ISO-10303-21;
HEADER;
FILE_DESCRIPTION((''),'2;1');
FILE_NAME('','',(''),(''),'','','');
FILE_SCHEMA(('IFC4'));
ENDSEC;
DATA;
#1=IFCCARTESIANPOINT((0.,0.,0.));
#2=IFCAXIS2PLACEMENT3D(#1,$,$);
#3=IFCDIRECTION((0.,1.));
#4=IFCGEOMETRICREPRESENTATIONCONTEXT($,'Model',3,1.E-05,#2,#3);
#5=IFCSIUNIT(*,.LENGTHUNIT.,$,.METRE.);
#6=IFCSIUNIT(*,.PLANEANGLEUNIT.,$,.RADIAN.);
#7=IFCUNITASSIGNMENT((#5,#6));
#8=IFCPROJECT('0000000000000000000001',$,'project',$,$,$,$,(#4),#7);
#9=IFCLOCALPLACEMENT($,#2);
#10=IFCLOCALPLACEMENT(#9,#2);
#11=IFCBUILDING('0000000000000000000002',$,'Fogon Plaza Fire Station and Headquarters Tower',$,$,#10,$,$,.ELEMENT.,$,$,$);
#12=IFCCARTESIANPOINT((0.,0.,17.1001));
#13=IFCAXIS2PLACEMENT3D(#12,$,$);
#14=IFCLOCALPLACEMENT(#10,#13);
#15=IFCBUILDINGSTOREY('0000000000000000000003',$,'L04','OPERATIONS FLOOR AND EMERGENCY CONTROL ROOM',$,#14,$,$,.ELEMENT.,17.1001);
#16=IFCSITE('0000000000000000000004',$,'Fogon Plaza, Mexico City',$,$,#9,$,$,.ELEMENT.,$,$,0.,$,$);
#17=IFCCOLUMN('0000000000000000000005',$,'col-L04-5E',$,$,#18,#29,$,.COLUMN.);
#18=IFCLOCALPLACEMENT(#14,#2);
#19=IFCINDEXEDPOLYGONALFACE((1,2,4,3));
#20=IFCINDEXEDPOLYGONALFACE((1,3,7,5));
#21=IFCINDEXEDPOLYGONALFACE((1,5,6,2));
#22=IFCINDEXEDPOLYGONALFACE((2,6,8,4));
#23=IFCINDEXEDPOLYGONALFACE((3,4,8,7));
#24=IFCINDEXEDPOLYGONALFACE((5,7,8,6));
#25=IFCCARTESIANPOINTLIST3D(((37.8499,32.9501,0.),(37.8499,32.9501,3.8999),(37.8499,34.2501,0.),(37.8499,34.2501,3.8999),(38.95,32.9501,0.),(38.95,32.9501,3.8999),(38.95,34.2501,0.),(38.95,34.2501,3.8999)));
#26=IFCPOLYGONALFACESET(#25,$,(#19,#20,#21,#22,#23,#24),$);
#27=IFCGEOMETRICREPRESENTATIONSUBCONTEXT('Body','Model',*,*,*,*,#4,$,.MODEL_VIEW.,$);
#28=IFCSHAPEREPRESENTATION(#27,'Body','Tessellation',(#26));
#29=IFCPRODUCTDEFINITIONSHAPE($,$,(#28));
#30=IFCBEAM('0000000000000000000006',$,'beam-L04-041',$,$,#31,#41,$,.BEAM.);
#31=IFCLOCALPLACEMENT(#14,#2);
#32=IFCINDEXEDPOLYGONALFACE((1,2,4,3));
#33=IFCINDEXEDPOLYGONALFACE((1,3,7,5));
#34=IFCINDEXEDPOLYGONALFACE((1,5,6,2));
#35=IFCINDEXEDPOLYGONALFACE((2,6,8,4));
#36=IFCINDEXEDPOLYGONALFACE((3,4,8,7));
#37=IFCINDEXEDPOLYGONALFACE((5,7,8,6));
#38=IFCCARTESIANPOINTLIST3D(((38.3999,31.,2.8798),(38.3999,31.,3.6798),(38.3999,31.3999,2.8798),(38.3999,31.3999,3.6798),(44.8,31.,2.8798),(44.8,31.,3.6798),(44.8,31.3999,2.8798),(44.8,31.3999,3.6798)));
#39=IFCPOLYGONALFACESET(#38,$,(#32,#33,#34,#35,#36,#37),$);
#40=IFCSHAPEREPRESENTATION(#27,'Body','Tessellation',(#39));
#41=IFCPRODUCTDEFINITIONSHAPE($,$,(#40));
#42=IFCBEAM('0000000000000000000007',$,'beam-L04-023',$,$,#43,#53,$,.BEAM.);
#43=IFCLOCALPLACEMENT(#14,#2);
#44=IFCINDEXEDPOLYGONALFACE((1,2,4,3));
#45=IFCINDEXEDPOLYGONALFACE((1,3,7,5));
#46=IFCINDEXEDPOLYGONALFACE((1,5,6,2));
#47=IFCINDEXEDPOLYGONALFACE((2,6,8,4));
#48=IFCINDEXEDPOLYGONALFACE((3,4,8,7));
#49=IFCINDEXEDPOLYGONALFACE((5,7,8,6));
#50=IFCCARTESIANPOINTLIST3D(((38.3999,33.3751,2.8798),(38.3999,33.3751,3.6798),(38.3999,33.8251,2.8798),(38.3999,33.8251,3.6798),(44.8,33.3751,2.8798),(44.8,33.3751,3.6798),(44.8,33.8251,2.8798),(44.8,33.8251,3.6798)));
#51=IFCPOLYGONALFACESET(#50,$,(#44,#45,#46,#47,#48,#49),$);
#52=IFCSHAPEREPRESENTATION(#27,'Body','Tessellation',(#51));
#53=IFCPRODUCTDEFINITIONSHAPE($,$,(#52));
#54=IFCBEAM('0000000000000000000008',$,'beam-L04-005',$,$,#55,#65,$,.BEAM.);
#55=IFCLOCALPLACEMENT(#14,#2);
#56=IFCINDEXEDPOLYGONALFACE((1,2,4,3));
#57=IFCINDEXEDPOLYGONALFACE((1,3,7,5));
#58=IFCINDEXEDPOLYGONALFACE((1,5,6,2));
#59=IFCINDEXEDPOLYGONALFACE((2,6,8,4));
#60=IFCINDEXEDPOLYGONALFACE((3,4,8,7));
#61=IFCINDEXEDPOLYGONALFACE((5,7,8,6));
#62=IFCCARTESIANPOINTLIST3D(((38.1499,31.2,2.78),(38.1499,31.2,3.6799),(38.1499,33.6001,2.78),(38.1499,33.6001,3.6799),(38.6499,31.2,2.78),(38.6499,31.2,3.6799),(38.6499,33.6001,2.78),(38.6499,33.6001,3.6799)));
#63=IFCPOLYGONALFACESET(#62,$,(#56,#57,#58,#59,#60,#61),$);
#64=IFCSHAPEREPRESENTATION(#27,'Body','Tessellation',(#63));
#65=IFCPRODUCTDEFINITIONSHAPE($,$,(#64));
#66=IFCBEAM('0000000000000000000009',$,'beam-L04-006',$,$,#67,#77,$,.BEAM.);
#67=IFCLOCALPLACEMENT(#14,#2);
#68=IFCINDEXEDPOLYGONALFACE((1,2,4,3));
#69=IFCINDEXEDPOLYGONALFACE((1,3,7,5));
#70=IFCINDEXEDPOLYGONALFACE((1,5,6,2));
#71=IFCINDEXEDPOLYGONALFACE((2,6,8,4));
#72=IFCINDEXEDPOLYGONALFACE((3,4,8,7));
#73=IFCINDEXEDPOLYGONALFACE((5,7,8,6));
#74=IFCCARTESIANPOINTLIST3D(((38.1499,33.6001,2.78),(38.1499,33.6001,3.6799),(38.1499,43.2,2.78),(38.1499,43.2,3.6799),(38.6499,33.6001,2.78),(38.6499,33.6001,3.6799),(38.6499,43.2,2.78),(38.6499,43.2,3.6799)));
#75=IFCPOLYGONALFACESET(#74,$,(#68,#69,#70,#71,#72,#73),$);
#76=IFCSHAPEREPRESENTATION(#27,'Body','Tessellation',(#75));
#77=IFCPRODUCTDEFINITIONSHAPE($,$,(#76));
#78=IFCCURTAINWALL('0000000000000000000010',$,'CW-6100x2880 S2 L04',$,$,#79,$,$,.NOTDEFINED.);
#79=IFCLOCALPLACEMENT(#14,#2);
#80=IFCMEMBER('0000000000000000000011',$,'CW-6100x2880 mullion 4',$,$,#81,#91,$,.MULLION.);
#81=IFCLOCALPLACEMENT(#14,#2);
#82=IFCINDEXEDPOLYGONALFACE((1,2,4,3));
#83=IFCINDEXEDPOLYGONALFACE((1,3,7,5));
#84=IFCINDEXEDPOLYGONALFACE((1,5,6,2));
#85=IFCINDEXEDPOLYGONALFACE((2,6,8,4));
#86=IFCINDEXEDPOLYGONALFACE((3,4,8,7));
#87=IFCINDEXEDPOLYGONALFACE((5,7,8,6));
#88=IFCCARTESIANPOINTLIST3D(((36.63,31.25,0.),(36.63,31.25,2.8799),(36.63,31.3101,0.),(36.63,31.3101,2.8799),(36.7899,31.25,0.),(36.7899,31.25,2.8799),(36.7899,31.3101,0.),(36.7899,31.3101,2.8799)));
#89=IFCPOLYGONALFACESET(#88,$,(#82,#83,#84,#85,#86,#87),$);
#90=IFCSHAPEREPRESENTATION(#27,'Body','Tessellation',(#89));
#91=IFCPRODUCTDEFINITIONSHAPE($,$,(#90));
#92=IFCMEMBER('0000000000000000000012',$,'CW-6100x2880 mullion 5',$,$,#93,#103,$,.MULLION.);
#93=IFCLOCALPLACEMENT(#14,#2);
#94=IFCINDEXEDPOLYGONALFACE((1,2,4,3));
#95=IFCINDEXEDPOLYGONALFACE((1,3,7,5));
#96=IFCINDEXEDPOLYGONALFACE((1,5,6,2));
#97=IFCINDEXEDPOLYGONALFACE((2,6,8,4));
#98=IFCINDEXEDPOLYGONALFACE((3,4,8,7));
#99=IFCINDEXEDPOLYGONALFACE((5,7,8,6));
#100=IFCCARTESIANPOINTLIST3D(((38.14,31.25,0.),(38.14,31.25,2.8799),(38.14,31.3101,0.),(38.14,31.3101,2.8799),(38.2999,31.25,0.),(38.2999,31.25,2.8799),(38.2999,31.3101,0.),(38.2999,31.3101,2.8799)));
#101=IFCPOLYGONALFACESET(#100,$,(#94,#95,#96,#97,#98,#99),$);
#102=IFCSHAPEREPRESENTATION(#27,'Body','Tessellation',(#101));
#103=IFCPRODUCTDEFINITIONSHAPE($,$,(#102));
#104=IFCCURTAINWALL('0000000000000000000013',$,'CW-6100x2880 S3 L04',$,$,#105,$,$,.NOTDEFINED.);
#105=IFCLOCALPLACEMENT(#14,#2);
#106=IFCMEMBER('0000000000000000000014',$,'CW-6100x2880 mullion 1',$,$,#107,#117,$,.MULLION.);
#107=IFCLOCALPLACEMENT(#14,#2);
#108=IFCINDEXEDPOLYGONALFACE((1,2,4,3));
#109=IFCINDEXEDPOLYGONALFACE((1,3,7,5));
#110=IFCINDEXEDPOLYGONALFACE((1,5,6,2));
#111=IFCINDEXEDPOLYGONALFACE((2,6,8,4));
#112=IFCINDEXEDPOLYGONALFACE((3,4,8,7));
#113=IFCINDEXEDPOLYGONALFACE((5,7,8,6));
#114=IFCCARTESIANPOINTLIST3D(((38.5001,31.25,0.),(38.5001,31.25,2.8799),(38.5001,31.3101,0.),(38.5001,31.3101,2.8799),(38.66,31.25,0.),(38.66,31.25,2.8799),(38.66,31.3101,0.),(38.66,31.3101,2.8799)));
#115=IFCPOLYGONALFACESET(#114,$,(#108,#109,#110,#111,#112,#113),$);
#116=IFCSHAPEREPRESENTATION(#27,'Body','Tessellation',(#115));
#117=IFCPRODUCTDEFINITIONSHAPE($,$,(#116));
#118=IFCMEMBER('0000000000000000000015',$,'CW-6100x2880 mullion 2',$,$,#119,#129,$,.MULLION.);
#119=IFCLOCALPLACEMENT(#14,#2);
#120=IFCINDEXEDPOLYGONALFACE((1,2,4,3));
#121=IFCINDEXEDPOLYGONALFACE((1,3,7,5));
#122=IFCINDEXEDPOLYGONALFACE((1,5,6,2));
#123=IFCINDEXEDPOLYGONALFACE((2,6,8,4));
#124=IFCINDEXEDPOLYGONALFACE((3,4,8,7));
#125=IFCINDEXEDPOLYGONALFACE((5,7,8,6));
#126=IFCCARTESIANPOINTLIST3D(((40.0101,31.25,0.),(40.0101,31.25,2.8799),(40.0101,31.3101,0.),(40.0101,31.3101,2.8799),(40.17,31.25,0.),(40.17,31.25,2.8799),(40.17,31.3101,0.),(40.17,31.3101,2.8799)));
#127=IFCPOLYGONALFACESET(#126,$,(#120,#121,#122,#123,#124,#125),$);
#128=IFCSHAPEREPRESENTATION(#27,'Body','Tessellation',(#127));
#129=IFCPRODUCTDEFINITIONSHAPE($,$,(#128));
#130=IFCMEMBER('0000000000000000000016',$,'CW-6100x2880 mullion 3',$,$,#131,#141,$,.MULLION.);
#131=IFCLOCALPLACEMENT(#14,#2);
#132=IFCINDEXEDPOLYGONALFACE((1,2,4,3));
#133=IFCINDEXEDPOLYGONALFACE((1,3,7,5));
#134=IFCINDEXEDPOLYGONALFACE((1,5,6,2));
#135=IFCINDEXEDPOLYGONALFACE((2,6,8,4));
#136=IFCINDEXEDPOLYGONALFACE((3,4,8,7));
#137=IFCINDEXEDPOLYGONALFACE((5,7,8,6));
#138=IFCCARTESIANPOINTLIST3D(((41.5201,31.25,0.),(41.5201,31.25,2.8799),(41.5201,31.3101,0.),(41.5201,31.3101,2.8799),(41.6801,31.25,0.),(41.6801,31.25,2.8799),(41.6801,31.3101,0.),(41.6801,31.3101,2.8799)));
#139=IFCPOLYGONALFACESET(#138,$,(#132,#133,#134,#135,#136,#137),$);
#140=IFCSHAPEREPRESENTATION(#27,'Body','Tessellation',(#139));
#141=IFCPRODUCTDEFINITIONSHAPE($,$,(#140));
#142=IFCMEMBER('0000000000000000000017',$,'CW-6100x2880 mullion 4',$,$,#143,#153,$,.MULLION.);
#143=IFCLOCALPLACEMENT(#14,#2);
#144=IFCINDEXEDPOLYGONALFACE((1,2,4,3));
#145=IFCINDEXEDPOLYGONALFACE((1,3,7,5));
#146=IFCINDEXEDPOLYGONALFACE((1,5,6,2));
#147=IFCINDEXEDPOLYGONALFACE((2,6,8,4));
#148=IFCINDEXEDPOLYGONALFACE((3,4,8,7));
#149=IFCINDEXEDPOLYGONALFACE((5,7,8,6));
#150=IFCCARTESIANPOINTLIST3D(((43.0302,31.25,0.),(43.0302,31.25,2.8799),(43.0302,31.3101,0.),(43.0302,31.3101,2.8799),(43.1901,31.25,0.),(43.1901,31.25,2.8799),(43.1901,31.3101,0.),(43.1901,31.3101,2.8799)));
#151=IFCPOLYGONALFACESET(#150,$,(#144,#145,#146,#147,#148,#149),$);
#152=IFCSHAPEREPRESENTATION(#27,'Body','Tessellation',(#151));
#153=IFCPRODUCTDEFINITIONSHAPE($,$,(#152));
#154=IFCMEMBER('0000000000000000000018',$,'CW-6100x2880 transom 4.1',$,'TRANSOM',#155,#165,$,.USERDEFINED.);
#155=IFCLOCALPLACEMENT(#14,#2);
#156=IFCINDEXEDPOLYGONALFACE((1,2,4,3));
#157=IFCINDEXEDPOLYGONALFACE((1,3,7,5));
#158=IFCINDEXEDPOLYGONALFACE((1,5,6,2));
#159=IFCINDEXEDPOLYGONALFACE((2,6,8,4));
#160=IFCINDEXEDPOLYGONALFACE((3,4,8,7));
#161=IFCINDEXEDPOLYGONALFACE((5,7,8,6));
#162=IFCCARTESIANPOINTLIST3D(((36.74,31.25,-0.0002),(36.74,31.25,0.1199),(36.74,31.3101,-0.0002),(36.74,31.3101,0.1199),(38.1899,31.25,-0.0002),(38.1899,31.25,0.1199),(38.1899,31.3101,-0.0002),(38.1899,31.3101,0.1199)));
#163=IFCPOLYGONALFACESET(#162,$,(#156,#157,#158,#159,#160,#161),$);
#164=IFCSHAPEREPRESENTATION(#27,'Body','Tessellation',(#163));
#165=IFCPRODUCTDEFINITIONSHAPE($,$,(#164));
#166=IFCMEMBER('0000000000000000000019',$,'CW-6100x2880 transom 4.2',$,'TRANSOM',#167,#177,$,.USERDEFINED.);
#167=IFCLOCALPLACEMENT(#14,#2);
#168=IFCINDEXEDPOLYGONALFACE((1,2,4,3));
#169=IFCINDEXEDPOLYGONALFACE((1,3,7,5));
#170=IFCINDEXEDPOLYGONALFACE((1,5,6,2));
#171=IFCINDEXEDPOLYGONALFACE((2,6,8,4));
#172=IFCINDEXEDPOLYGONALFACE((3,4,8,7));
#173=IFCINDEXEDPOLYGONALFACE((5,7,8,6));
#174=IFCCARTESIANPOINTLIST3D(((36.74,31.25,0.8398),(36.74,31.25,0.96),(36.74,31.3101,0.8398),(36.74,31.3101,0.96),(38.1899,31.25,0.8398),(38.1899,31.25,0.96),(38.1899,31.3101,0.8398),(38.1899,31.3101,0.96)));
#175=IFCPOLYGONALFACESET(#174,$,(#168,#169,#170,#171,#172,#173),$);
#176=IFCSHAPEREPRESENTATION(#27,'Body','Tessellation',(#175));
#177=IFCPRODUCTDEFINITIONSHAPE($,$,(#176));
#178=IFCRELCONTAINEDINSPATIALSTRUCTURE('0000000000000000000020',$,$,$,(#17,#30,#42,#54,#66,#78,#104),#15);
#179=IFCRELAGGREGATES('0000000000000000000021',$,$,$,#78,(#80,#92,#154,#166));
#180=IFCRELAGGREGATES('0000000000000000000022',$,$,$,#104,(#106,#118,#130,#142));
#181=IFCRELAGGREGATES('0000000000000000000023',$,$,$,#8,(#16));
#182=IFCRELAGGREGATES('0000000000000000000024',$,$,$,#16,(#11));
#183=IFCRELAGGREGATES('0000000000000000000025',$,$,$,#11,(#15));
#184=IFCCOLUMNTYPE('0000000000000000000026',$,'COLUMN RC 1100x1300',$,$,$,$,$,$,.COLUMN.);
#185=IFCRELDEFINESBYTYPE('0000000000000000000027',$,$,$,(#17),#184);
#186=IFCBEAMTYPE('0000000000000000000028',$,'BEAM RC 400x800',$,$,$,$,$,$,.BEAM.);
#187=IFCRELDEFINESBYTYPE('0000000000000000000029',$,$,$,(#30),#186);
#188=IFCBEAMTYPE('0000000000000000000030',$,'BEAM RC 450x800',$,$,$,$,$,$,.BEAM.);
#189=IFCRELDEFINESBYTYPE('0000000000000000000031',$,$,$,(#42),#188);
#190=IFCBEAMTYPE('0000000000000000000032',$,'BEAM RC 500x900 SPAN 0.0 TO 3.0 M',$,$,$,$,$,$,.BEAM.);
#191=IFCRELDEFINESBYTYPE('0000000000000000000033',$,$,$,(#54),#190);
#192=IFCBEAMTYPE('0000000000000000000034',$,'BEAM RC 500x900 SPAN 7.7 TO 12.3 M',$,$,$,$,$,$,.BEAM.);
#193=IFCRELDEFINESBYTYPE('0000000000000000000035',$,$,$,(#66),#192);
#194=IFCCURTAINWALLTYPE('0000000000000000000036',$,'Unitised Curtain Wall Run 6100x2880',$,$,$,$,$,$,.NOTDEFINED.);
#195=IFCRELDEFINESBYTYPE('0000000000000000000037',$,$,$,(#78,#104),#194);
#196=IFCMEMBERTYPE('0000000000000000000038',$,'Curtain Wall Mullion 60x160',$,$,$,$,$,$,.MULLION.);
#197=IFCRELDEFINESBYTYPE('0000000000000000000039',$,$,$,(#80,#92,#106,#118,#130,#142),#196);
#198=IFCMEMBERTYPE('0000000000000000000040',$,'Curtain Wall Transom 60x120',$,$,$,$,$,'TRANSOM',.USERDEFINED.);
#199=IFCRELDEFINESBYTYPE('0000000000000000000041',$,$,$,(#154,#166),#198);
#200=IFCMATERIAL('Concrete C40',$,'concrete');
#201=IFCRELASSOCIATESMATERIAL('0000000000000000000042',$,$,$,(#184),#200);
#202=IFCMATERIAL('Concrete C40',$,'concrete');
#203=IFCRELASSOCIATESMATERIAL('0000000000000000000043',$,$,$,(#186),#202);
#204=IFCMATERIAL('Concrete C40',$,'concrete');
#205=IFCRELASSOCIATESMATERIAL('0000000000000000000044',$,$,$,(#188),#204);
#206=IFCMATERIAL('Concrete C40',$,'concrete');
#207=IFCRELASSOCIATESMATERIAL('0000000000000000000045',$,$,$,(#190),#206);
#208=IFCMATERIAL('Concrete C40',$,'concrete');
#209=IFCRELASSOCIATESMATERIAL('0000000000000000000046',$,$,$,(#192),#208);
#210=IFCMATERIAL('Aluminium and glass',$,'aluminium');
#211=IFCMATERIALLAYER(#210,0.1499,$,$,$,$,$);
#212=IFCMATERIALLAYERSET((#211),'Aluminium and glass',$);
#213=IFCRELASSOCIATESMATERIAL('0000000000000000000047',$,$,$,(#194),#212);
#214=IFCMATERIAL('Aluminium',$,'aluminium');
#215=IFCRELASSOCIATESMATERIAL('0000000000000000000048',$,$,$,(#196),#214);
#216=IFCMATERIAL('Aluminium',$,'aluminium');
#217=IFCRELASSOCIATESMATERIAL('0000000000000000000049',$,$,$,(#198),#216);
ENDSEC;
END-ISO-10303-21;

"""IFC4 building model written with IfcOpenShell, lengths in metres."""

from ifc_helpers import new_model, si_unit, direction, frame, origin, origin_2d, place, context, subcontext, project, spatial, rectangle, extrude, material, layer, layer_set, material_profile, profile_set, type_object, element, aggregate, save


model = new_model("IFC4")

# Units and contexts
model_context = context("Model", 3, precision=1e-05, world=origin(), true_north=direction((0.0, 1.0)))
body_context = subcontext(model_context, "Body", "Model", "MODEL_VIEW")
ifc_project = project(units=[si_unit("LENGTHUNIT", "METRE"), si_unit("PLANEANGLEUNIT", "RADIAN")], contexts=[model_context])

# Site, building, storey
site_placement = place(None, origin())
site = spatial("IfcSite", under=ifc_project, at=site_placement, Name="Fogon Plaza, Mexico City", CompositionType="ELEMENT", RefElevation=0.0)
building_placement = place(site_placement, origin())
building = spatial("IfcBuilding", under=site, at=building_placement, Name="Fogon Plaza Fire Station and Headquarters Tower", CompositionType="ELEMENT")
storey_placement = place(building_placement, frame((0.0, 0.0, 17.1001)))
storey = spatial("IfcBuildingStorey", under=building, at=storey_placement, Name="L04", Description="OPERATIONS FLOOR AND EMERGENCY CONTROL ROOM", CompositionType="ELEMENT", Elevation=17.1001)

# Column
ifc_material_1 = material(Name="Concrete C40", Category="concrete")
ifc_material_profile_1 = material_profile(ifc_material_1, rectangle(XDim=1.1001, YDim=1.3, at=origin_2d()), Name="RC 1100x1300")
ifc_profile_set_1 = profile_set([ifc_material_profile_1], Name="Concrete C40")
column_type = type_object("IfcColumnType", Name="COLUMN RC 1100x1300", PredefinedType="COLUMN", material=ifc_profile_set_1)
column_placement = place(storey_placement, frame((38.3999, 33.6001, 0.0), z_axis=(0.0, 0.0, 1.0), x_axis=(1.0, 0.0, 0.0)))
element("IfcColumn", 1, at=column_placement, inside=storey, type_object=column_type, Name="col-L04-5E", PredefinedType="COLUMN", context=body_context, shape_type="SweptSolid", body=[
    extrude(rectangle(XDim=1.1001, YDim=1.3, at=origin_2d()), origin(), (0.0, 0.0, 1.0), 3.8999),
])

# Beams
ifc_material_2 = material(Name="Concrete C40", Category="concrete")
ifc_material_profile_2 = material_profile(ifc_material_2, rectangle(XDim=0.3999, YDim=0.8, at=origin_2d()), Name="RC 400x800")
ifc_profile_set_2 = profile_set([ifc_material_profile_2], Name="Concrete C40")
beam_type_1 = type_object("IfcBeamType", Name="BEAM RC 400x800", PredefinedType="BEAM", material=ifc_profile_set_2)
beam_1_placement = place(storey_placement, frame((38.3999, 31.2, 3.2798), z_axis=(1.0, 0.0, 0.0), x_axis=(0.0, 1.0, 0.0)))
element("IfcBeam", 2, at=beam_1_placement, inside=storey, type_object=beam_type_1, Name="beam-L04-041", PredefinedType="BEAM", context=body_context, shape_type="SweptSolid", body=[
    extrude(rectangle(XDim=0.3999, YDim=0.8, at=origin_2d()), origin(), (0.0, 0.0, 1.0), 6.4001),
])
ifc_material_3 = material(Name="Concrete C40", Category="concrete")
ifc_material_profile_3 = material_profile(ifc_material_3, rectangle(XDim=0.45, YDim=0.8, at=origin_2d()), Name="RC 450x800")
ifc_profile_set_3 = profile_set([ifc_material_profile_3], Name="Concrete C40")
beam_type_2 = type_object("IfcBeamType", Name="BEAM RC 450x800", PredefinedType="BEAM", material=ifc_profile_set_3)
beam_2_placement = place(storey_placement, frame((38.3999, 33.6001, 3.2798), z_axis=(1.0, 0.0, 0.0), x_axis=(0.0, 1.0, 0.0)))
element("IfcBeam", 3, at=beam_2_placement, inside=storey, type_object=beam_type_2, Name="beam-L04-023", PredefinedType="BEAM", context=body_context, shape_type="SweptSolid", body=[
    extrude(rectangle(XDim=0.45, YDim=0.8, at=origin_2d()), origin(), (0.0, 0.0, 1.0), 6.4001),
])
ifc_material_4 = material(Name="Concrete C40", Category="concrete")
ifc_material_profile_4 = material_profile(ifc_material_4, rectangle(XDim=0.5, YDim=0.8999, at=origin_2d()), Name="RC 500x900")
ifc_profile_set_4 = profile_set([ifc_material_profile_4], Name="Concrete C40")
beam_type_3 = type_object("IfcBeamType", Name="BEAM RC 500x900 SPAN 0.0 TO 3.0 M", PredefinedType="BEAM", material=ifc_profile_set_4)
beam_3_placement = place(storey_placement, frame((38.3999, 31.2, 3.23), z_axis=(0.0, 1.0, 0.0), x_axis=(-1.0, 0.0, 0.0)))
element("IfcBeam", 4, at=beam_3_placement, inside=storey, type_object=beam_type_3, Name="beam-L04-005", PredefinedType="BEAM", context=body_context, shape_type="SweptSolid", body=[
    extrude(rectangle(XDim=0.5, YDim=0.8999, at=origin_2d()), origin(), (0.0, 0.0, 1.0), 2.4001),
])
ifc_material_5 = material(Name="Concrete C40", Category="concrete")
ifc_material_profile_5 = material_profile(ifc_material_5, rectangle(XDim=0.5, YDim=0.8999, at=origin_2d()), Name="RC 500x900")
ifc_profile_set_5 = profile_set([ifc_material_profile_5], Name="Concrete C40")
beam_type_4 = type_object("IfcBeamType", Name="BEAM RC 500x900 SPAN 7.7 TO 12.3 M", PredefinedType="BEAM", material=ifc_profile_set_5)
beam_4_placement = place(storey_placement, frame((38.3999, 33.6001, 3.23), z_axis=(0.0, 1.0, 0.0), x_axis=(-1.0, 0.0, 0.0)))
element("IfcBeam", 5, at=beam_4_placement, inside=storey, type_object=beam_type_4, Name="beam-L04-006", PredefinedType="BEAM", context=body_context, shape_type="SweptSolid", body=[
    extrude(rectangle(XDim=0.5, YDim=0.8999, at=origin_2d()), origin(), (0.0, 0.0, 1.0), 9.5999),
])

# Curtain walls, members
ifc_material_6 = material(Name="Aluminium and glass", Category="aluminium")
ifc_layer_1 = layer(ifc_material_6, 0.1499)
ifc_layer_set_1 = layer_set([ifc_layer_1], Name="Aluminium and glass")
curtain_wall_type = type_object("IfcCurtainWallType", Name="Unitised Curtain Wall Run 6100x2880", PredefinedType="NOTDEFINED", material=ifc_layer_set_1)
curtain_wall_1_placement = place(storey_placement, origin())
curtain_wall_1 = element("IfcCurtainWall", 6, at=curtain_wall_1_placement, inside=storey, type_object=curtain_wall_type, Name="CW-6100x2880 S2 L04", PredefinedType="NOTDEFINED")
ifc_material_7 = material(Name="Aluminium", Category="aluminium")
ifc_material_profile_6 = material_profile(ifc_material_7, rectangle(XDim=0.0601, YDim=0.1599, at=origin_2d()), Name="Curtain Wall Mullion 60x160")
ifc_profile_set_6 = profile_set([ifc_material_profile_6], Name="Aluminium")
member_type_1 = type_object("IfcMemberType", Name="Curtain Wall Mullion 60x160", PredefinedType="MULLION", material=ifc_profile_set_6)
member_1_placement = place(storey_placement, frame((36.71, 31.28, 0.0), z_axis=(0.0, 0.0, 1.0), x_axis=(0.0, 1.0, 0.0)))
member_1 = element("IfcMember", 7, at=member_1_placement, type_object=member_type_1, Name="CW-6100x2880 mullion 4", PredefinedType="MULLION", context=body_context, shape_type="SweptSolid", body=[
    extrude(rectangle(XDim=0.0601, YDim=0.1599, at=origin_2d()), origin(), (0.0, 0.0, 1.0), 2.8799),
])
member_2_placement = place(storey_placement, frame((38.22, 31.28, 0.0), z_axis=(0.0, 0.0, 1.0), x_axis=(0.0, 1.0, 0.0)))
member_2 = element("IfcMember", 8, at=member_2_placement, type_object=member_type_1, Name="CW-6100x2880 mullion 5", PredefinedType="MULLION", context=body_context, shape_type="SweptSolid", body=[
    extrude(rectangle(XDim=0.0601, YDim=0.1599, at=origin_2d()), origin(), (0.0, 0.0, 1.0), 2.8799),
])
curtain_wall_2_placement = place(storey_placement, origin())
curtain_wall_2 = element("IfcCurtainWall", 9, at=curtain_wall_2_placement, inside=storey, type_object=curtain_wall_type, Name="CW-6100x2880 S3 L04", PredefinedType="NOTDEFINED")
member_3_placement = place(storey_placement, frame((38.5801, 31.28, 0.0), z_axis=(0.0, 0.0, 1.0), x_axis=(0.0, 1.0, 0.0)))
member_3 = element("IfcMember", 10, at=member_3_placement, type_object=member_type_1, Name="CW-6100x2880 mullion 1", PredefinedType="MULLION", context=body_context, shape_type="SweptSolid", body=[
    extrude(rectangle(XDim=0.0601, YDim=0.1599, at=origin_2d()), origin(), (0.0, 0.0, 1.0), 2.8799),
])
member_4_placement = place(storey_placement, frame((40.0901, 31.28, 0.0), z_axis=(0.0, 0.0, 1.0), x_axis=(0.0, 1.0, 0.0)))
member_4 = element("IfcMember", 11, at=member_4_placement, type_object=member_type_1, Name="CW-6100x2880 mullion 2", PredefinedType="MULLION", context=body_context, shape_type="SweptSolid", body=[
    extrude(rectangle(XDim=0.0601, YDim=0.1599, at=origin_2d()), origin(), (0.0, 0.0, 1.0), 2.8799),
])
member_5_placement = place(storey_placement, frame((41.6001, 31.28, 0.0), z_axis=(0.0, 0.0, 1.0), x_axis=(0.0, 1.0, 0.0)))
member_5 = element("IfcMember", 12, at=member_5_placement, type_object=member_type_1, Name="CW-6100x2880 mullion 3", PredefinedType="MULLION", context=body_context, shape_type="SweptSolid", body=[
    extrude(rectangle(XDim=0.0601, YDim=0.1599, at=origin_2d()), origin(), (0.0, 0.0, 1.0), 2.8799),
])
member_6_placement = place(storey_placement, frame((43.1101, 31.28, 0.0), z_axis=(0.0, 0.0, 1.0), x_axis=(0.0, 1.0, 0.0)))
member_6 = element("IfcMember", 13, at=member_6_placement, type_object=member_type_1, Name="CW-6100x2880 mullion 4", PredefinedType="MULLION", context=body_context, shape_type="SweptSolid", body=[
    extrude(rectangle(XDim=0.0601, YDim=0.1599, at=origin_2d()), origin(), (0.0, 0.0, 1.0), 2.8799),
])

# Members
ifc_material_8 = material(Name="Aluminium", Category="aluminium")
ifc_material_profile_7 = material_profile(ifc_material_8, rectangle(XDim=0.0601, YDim=0.1201, at=origin_2d()), Name="Curtain Wall Transom 60x120")
ifc_profile_set_7 = profile_set([ifc_material_profile_7], Name="Aluminium")
member_type_2 = type_object("IfcMemberType", Name="Curtain Wall Transom 60x120", ElementType="TRANSOM", PredefinedType="USERDEFINED", material=ifc_profile_set_7)
member_7_placement = place(storey_placement, frame((36.74, 31.28, 0.0598), z_axis=(1.0, 0.0, 0.0), x_axis=(0.0, 1.0, 0.0)))
member_7 = element("IfcMember", 14, at=member_7_placement, type_object=member_type_2, Name="CW-6100x2880 transom 4.1", ObjectType="TRANSOM", PredefinedType="USERDEFINED", context=body_context, shape_type="SweptSolid", body=[
    extrude(rectangle(XDim=0.0601, YDim=0.1201, at=origin_2d()), origin(), (0.0, 0.0, 1.0), 1.45),
])
member_8_placement = place(storey_placement, frame((36.74, 31.28, 0.8999), z_axis=(1.0, 0.0, 0.0), x_axis=(0.0, 1.0, 0.0)))
member_8 = element("IfcMember", 15, at=member_8_placement, type_object=member_type_2, Name="CW-6100x2880 transom 4.2", ObjectType="TRANSOM", PredefinedType="USERDEFINED", context=body_context, shape_type="SweptSolid", body=[
    extrude(rectangle(XDim=0.0601, YDim=0.1201, at=origin_2d()), origin(), (0.0, 0.0, 1.0), 1.45),
])

aggregate(curtain_wall_1, [member_1, member_2, member_7, member_8])
aggregate(curtain_wall_2, [member_3, member_4, member_5, member_6])

save(model, "model.ifc")
